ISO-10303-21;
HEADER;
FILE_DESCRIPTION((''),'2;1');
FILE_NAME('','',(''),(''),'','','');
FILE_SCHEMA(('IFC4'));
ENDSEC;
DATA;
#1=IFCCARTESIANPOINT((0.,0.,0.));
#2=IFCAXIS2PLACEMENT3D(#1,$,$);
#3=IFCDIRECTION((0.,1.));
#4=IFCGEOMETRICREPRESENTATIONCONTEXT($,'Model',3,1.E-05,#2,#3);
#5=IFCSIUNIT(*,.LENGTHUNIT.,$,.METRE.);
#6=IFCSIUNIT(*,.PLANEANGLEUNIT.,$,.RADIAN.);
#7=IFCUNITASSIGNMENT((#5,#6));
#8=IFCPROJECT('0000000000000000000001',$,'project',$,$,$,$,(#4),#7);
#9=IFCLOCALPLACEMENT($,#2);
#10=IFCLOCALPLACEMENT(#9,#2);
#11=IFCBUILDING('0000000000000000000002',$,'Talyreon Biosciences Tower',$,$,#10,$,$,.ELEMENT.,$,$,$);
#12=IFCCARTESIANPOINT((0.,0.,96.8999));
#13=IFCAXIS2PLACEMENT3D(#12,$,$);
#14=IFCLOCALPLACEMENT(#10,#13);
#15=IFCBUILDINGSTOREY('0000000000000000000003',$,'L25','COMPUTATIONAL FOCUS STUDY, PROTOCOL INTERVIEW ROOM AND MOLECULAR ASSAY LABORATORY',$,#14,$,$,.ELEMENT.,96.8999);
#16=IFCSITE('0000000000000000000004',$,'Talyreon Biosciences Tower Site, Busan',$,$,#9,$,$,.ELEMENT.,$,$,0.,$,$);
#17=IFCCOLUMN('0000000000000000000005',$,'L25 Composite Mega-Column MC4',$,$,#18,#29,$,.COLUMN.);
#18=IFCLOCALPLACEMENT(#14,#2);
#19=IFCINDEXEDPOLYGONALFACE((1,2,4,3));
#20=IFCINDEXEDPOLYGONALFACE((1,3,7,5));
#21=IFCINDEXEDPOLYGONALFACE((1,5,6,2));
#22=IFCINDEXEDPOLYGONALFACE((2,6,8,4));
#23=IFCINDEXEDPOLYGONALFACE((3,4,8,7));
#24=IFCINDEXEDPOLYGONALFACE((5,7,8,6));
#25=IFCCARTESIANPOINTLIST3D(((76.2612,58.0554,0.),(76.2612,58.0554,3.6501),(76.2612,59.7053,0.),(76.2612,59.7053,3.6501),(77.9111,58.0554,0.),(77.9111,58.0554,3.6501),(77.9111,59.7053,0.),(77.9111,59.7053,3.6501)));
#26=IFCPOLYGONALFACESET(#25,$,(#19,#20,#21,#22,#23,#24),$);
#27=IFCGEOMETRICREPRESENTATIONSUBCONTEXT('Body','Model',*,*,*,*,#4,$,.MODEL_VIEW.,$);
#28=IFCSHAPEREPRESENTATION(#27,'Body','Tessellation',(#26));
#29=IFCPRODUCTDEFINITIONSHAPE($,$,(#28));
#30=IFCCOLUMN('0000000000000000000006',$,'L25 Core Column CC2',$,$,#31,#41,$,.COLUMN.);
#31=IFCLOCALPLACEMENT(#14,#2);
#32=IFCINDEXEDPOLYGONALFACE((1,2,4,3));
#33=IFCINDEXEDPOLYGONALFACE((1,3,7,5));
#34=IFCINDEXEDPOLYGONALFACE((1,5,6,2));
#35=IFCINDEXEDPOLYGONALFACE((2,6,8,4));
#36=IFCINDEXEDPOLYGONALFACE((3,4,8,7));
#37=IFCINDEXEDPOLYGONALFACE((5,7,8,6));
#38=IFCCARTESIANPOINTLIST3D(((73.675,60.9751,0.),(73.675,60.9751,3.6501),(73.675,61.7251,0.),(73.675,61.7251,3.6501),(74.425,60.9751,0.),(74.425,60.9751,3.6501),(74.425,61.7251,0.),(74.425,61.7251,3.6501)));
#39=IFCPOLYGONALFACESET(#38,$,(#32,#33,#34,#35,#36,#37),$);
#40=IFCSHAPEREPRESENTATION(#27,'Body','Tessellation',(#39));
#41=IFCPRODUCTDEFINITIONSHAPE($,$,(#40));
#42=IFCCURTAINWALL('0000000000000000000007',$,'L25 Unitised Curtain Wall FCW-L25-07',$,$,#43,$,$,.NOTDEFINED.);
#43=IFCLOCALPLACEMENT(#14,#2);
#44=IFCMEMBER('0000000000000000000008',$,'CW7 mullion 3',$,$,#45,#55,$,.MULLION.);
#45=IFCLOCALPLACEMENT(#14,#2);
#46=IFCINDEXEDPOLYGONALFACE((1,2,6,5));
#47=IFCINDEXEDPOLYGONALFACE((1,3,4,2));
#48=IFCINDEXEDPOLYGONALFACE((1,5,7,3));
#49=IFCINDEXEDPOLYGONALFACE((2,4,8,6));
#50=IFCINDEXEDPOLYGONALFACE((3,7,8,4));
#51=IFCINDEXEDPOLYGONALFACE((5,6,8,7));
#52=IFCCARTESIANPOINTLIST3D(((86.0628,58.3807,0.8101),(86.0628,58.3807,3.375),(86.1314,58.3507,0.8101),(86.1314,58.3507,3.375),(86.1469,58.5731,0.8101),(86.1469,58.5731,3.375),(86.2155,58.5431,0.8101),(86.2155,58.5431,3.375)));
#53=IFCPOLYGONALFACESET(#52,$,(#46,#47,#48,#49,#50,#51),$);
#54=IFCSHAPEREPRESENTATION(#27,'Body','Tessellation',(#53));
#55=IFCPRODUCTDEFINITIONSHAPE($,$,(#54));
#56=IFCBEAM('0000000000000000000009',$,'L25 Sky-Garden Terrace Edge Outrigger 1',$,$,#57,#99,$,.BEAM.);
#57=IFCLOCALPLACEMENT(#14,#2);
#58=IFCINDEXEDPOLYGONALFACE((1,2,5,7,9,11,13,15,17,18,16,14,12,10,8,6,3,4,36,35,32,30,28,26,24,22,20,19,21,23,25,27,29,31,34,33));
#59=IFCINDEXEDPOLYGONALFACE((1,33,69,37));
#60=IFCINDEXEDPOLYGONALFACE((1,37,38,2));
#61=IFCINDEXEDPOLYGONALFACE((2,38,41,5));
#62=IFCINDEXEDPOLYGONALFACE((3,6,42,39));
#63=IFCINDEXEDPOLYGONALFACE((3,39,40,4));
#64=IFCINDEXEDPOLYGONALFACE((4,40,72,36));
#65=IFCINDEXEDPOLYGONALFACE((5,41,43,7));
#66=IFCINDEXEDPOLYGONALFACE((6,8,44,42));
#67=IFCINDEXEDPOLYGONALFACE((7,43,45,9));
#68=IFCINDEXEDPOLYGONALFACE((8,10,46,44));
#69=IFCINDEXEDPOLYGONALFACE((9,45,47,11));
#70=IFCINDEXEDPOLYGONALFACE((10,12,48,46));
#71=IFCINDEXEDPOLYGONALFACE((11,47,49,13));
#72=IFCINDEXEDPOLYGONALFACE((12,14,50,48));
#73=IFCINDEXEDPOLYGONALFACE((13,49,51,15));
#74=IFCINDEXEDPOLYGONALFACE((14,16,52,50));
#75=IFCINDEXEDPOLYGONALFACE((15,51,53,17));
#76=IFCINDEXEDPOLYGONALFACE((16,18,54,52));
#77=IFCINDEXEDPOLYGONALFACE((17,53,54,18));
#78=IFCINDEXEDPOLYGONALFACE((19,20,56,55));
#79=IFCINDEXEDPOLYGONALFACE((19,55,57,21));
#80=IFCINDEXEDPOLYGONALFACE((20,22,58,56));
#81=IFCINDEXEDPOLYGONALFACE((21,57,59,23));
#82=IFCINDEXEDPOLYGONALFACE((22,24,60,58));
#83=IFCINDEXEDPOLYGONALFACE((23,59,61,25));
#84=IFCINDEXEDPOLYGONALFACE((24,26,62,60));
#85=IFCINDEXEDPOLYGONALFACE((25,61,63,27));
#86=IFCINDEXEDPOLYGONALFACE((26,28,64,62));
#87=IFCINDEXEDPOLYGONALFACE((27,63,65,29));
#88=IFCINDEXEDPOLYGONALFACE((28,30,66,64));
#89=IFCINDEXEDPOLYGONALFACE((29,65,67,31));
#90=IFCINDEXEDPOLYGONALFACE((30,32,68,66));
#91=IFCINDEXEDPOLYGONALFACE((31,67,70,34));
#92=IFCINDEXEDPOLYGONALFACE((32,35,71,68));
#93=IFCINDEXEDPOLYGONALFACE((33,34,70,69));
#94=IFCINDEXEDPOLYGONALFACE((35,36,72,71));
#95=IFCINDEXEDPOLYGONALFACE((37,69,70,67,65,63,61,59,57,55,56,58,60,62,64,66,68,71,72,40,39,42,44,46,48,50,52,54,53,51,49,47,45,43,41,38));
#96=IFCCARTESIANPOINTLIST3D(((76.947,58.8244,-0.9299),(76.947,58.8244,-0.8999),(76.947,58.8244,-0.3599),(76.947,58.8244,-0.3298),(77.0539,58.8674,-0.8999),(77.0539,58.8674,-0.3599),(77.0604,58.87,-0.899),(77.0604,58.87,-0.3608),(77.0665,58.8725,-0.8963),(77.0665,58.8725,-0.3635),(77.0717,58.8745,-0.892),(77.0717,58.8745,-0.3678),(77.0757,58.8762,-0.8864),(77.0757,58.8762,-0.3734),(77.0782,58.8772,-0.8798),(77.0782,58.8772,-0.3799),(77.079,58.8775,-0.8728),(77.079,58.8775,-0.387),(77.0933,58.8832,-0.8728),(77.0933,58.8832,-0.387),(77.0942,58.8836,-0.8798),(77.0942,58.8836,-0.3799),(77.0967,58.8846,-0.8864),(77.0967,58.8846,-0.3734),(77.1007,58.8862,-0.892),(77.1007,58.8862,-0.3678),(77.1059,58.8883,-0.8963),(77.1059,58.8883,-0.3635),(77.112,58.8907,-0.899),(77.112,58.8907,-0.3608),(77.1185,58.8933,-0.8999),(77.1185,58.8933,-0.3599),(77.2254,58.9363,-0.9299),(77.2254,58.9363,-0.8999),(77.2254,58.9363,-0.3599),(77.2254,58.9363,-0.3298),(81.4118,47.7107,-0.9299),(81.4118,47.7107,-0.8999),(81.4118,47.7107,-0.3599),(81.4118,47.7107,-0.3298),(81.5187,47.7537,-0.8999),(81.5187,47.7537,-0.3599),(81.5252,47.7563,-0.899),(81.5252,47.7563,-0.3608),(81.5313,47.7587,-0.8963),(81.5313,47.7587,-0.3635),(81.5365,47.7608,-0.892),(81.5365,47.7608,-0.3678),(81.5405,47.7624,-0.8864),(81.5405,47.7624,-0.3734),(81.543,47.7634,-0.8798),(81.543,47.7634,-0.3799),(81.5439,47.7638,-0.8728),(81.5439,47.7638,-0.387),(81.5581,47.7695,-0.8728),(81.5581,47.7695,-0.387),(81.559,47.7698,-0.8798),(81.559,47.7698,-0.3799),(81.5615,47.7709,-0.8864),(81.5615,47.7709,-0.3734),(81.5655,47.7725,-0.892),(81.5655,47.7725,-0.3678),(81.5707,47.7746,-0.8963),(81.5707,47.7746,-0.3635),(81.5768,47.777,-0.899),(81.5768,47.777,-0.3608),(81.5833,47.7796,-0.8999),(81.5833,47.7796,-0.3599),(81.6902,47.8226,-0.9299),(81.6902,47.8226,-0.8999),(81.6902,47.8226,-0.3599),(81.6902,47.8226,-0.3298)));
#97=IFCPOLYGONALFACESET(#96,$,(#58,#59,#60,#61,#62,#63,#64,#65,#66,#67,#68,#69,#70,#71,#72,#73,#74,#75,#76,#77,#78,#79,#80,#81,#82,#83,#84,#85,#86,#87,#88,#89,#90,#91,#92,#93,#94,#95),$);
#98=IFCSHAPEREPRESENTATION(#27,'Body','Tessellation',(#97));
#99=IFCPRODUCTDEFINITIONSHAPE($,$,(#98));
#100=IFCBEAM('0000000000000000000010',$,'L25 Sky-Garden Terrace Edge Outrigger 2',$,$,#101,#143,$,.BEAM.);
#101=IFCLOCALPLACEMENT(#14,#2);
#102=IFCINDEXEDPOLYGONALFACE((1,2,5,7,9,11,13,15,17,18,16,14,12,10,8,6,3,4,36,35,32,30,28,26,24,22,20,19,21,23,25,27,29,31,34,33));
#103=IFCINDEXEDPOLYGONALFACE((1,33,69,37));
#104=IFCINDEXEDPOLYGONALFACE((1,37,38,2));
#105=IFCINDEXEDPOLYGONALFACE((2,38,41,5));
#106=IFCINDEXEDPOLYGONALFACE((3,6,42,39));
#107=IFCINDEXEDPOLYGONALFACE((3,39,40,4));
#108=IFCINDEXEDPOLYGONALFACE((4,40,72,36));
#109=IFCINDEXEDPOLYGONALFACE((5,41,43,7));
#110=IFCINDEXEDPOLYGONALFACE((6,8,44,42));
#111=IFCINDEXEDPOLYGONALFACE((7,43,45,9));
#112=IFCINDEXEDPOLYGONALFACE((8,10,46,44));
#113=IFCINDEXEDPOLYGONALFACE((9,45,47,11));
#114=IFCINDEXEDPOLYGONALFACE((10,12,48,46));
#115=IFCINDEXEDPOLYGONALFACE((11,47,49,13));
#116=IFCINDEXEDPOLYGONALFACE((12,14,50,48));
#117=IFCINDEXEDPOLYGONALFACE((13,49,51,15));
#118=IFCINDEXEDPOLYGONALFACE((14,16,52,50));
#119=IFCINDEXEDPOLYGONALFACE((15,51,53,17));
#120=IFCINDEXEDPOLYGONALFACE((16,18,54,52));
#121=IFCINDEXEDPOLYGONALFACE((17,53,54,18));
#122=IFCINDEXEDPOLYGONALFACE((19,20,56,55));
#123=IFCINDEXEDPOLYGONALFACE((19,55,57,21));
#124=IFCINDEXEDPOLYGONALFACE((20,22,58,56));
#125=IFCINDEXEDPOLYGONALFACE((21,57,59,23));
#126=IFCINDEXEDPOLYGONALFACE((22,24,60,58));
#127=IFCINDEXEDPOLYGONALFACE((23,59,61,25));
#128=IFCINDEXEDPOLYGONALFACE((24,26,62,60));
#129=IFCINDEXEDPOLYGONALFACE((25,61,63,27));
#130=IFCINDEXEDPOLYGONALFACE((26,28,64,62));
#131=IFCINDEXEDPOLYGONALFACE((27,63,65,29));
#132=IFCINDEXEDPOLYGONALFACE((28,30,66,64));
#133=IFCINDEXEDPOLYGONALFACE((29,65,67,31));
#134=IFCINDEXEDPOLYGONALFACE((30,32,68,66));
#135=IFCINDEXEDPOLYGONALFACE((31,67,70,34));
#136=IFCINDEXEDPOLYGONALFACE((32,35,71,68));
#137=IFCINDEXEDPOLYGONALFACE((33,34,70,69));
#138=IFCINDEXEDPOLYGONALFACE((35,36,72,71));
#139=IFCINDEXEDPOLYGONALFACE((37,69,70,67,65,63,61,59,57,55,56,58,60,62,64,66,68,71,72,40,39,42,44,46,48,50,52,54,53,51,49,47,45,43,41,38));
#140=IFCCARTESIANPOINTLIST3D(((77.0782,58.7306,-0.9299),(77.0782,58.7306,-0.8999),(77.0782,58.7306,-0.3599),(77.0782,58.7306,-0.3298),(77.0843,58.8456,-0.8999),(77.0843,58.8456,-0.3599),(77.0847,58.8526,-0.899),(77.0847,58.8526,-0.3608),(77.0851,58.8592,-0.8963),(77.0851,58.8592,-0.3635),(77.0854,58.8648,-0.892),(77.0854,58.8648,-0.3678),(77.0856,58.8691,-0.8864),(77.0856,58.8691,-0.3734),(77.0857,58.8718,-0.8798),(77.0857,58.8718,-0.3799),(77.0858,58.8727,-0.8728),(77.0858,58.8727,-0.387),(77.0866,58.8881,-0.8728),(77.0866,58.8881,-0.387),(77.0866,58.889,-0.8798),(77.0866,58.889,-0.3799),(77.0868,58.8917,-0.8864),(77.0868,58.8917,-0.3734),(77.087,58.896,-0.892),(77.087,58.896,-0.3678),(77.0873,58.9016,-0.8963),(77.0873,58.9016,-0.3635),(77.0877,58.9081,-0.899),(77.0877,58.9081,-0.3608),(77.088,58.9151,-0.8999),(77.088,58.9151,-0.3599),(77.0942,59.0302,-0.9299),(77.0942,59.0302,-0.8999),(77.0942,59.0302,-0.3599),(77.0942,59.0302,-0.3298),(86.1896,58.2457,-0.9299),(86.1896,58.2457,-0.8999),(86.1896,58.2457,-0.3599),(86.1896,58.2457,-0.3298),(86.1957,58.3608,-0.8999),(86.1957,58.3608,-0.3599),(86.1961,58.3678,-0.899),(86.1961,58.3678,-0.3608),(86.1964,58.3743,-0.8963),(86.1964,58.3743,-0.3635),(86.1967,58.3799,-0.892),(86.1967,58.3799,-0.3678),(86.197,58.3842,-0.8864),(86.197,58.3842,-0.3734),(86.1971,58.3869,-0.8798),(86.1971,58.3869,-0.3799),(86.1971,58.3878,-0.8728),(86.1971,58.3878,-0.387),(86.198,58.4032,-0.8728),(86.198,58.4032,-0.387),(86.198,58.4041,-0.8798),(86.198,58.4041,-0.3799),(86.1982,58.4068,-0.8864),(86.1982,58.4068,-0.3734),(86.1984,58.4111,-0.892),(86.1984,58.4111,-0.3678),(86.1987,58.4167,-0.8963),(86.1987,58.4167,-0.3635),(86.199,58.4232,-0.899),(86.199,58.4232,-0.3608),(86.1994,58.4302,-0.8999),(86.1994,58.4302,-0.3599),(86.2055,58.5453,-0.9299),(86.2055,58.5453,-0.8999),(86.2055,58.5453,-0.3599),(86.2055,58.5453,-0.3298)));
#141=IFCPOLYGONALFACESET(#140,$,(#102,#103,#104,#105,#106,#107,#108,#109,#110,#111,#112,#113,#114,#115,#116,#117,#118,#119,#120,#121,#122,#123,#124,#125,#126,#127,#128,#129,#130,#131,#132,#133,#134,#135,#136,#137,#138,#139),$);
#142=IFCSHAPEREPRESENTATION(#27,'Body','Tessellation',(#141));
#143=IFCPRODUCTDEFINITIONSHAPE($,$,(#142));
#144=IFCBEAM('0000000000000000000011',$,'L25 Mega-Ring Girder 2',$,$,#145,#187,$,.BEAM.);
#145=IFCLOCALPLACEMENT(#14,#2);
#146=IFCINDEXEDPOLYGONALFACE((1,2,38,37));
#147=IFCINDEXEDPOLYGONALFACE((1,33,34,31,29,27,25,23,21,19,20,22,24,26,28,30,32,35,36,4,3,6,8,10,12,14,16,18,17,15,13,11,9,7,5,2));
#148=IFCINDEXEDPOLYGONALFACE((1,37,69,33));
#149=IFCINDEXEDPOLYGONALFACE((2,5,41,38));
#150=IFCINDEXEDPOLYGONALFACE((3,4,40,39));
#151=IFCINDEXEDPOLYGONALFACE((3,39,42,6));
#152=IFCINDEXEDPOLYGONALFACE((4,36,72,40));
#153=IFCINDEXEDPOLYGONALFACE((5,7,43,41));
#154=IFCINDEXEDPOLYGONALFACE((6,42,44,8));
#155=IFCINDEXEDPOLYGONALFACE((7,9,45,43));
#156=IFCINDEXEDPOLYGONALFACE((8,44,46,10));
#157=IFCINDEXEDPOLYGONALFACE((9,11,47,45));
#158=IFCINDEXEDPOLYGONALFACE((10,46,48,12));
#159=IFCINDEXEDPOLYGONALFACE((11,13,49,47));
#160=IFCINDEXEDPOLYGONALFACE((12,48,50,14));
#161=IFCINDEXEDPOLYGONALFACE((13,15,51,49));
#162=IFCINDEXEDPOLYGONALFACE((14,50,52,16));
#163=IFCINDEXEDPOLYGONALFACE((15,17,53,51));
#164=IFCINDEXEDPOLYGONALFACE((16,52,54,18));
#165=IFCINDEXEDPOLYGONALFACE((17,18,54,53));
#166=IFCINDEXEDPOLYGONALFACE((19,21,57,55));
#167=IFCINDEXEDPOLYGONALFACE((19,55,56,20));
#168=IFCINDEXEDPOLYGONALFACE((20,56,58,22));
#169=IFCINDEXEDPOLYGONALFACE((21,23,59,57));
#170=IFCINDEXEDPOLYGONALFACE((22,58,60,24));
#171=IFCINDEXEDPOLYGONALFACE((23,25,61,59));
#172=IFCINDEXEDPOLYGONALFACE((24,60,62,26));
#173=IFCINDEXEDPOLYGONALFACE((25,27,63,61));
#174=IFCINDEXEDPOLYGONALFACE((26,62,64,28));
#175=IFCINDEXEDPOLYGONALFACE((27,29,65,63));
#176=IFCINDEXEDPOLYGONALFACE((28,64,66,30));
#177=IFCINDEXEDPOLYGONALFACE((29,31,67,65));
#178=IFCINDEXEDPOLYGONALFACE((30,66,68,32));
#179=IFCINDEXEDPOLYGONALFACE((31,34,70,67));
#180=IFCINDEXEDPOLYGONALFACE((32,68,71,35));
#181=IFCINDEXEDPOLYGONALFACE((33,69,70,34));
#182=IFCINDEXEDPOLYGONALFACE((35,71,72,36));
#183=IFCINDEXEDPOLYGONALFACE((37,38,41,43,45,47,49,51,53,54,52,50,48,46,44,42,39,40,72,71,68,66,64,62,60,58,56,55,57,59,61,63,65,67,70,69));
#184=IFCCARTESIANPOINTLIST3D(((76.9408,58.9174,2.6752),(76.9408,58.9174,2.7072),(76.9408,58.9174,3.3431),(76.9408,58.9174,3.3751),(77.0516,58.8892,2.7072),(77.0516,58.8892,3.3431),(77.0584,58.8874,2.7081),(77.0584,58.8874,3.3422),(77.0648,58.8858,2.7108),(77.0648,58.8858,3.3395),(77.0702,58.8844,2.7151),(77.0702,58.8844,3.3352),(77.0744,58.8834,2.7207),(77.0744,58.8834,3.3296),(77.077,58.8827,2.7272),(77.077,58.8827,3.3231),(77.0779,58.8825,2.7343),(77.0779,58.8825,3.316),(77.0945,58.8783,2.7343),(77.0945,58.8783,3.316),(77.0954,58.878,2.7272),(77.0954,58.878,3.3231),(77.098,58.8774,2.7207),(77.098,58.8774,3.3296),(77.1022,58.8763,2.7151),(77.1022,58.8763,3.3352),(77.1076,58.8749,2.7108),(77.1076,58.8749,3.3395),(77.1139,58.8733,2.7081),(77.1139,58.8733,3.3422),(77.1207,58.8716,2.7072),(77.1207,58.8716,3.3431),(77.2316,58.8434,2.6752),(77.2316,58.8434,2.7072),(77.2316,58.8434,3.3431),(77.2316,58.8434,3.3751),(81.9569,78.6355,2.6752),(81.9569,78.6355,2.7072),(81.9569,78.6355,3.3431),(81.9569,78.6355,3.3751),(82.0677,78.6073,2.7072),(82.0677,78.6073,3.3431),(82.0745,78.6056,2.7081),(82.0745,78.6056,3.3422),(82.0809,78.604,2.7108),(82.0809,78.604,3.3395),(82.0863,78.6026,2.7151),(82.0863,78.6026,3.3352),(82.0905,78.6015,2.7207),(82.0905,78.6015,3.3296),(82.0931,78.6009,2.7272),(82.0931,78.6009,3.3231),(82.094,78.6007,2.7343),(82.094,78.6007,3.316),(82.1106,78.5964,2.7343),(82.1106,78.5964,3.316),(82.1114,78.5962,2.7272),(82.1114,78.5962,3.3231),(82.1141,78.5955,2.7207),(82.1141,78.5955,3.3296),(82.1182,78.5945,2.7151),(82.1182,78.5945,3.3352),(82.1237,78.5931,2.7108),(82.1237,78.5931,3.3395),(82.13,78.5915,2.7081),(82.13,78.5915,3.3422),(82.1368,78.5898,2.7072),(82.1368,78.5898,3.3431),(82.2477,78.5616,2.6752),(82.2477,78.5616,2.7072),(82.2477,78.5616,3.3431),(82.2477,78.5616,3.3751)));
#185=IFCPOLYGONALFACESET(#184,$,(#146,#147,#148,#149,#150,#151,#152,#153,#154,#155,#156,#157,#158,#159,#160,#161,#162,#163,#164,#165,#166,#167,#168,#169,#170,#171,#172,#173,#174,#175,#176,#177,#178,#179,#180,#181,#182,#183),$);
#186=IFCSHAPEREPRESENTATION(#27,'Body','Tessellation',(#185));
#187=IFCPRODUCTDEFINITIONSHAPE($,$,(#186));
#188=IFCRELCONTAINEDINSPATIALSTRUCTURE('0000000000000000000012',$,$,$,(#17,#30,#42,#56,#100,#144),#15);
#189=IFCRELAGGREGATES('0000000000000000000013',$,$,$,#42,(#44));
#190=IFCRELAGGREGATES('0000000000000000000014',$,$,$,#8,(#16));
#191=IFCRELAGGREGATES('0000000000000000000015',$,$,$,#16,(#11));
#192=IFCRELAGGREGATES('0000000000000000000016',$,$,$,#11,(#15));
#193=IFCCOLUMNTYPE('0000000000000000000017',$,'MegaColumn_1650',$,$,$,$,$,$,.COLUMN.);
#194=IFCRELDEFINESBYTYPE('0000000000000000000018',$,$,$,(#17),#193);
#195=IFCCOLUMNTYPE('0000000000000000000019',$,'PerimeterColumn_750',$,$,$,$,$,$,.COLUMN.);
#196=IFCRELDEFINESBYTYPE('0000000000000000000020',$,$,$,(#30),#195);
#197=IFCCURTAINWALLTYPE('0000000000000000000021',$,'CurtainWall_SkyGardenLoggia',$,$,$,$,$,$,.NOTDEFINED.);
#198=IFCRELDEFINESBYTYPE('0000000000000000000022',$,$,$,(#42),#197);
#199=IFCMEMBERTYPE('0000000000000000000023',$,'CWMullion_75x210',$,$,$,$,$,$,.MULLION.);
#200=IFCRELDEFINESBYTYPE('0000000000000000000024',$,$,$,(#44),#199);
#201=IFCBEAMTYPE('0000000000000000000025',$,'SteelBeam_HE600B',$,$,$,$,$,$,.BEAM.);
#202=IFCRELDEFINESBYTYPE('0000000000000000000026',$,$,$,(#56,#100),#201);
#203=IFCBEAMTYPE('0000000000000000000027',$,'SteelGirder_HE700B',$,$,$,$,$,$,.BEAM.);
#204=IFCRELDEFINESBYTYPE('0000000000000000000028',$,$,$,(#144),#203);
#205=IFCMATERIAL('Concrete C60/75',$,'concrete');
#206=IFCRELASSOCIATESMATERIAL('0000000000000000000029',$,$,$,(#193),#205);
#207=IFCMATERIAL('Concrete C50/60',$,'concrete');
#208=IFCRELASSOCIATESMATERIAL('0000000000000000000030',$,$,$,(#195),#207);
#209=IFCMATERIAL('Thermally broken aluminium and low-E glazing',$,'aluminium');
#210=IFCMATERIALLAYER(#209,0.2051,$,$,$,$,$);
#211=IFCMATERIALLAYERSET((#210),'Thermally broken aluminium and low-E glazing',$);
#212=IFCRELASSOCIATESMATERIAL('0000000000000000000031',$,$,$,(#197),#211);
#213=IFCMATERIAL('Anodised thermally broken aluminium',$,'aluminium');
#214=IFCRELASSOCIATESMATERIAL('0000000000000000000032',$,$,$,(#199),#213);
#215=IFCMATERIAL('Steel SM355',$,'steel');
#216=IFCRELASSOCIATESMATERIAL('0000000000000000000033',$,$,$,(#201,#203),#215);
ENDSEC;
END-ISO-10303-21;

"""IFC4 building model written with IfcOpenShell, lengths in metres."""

from ifc_helpers import new_model, si_unit, direction, frame, origin, origin_2d, place, context, subcontext, project, spatial, rectangle, i_section, extrude, material, layer, layer_set, material_profile, profile_set, type_object, element, aggregate, save


model = new_model("IFC4")

# Units and contexts
model_context = context("Model", 3, precision=1e-05, world=origin(), true_north=direction((0.0, 1.0)))
body_context = subcontext(model_context, "Body", "Model", "MODEL_VIEW")
ifc_project = project(units=[si_unit("LENGTHUNIT", "METRE"), si_unit("PLANEANGLEUNIT", "RADIAN")], contexts=[model_context])

# Site, building, storey
site_placement = place(None, origin())
site = spatial("IfcSite", under=ifc_project, at=site_placement, Name="Talyreon Biosciences Tower Site, Busan", CompositionType="ELEMENT", RefElevation=0.0)
building_placement = place(site_placement, origin())
building = spatial("IfcBuilding", under=site, at=building_placement, Name="Talyreon Biosciences Tower", CompositionType="ELEMENT")
storey_placement = place(building_placement, frame((0.0, 0.0, 96.8999)))
storey = spatial("IfcBuildingStorey", under=building, at=storey_placement, Name="L25", Description="COMPUTATIONAL FOCUS STUDY, PROTOCOL INTERVIEW ROOM AND MOLECULAR ASSAY LABORATORY", CompositionType="ELEMENT", Elevation=96.8999)

# Columns
ifc_material_1 = material(Name="Concrete C60/75", Category="concrete")
ifc_material_profile_1 = material_profile(ifc_material_1, rectangle(XDim=1.6499, YDim=1.6499, at=origin_2d()), Name="RC 1650x1650")
ifc_profile_set_1 = profile_set([ifc_material_profile_1], Name="Concrete C60/75")
column_type_1 = type_object("IfcColumnType", Name="MegaColumn_1650", PredefinedType="COLUMN", material=ifc_profile_set_1)
column_1_placement = place(storey_placement, frame((77.0862, 58.8804, 0.0), z_axis=(0.0, 0.0, 1.0), x_axis=(1.0, 0.0, 0.0)))
element("IfcColumn", 1, at=column_1_placement, inside=storey, type_object=column_type_1, Name="L25 Composite Mega-Column MC4", PredefinedType="COLUMN", context=body_context, shape_type="SweptSolid", body=[
    extrude(rectangle(XDim=1.6499, YDim=1.6499, at=origin_2d()), origin(), (0.0, 0.0, 1.0), 3.6501),
])
ifc_material_2 = material(Name="Concrete C50/60", Category="concrete")
ifc_material_profile_2 = material_profile(ifc_material_2, rectangle(XDim=0.75, YDim=0.75, at=origin_2d()), Name="RC 750x750")
ifc_profile_set_2 = profile_set([ifc_material_profile_2], Name="Concrete C50/60")
column_type_2 = type_object("IfcColumnType", Name="PerimeterColumn_750", PredefinedType="COLUMN", material=ifc_profile_set_2)
column_2_placement = place(storey_placement, frame((74.05, 61.3501, 0.0), z_axis=(0.0, 0.0, 1.0), x_axis=(1.0, 0.0, 0.0)))
element("IfcColumn", 2, at=column_2_placement, inside=storey, type_object=column_type_2, Name="L25 Core Column CC2", PredefinedType="COLUMN", context=body_context, shape_type="SweptSolid", body=[
    extrude(rectangle(XDim=0.75, YDim=0.75, at=origin_2d()), origin(), (0.0, 0.0, 1.0), 3.6501),
])

# Curtain wall, member
ifc_material_3 = material(Name="Thermally broken aluminium and low-E glazing", Category="aluminium")
ifc_layer_1 = layer(ifc_material_3, 0.2051)
ifc_layer_set_1 = layer_set([ifc_layer_1], Name="Thermally broken aluminium and low-E glazing")
curtain_wall_type = type_object("IfcCurtainWallType", Name="CurtainWall_SkyGardenLoggia", PredefinedType="NOTDEFINED", material=ifc_layer_set_1)
curtain_wall_placement = place(storey_placement, origin())
curtain_wall = element("IfcCurtainWall", 3, at=curtain_wall_placement, inside=storey, type_object=curtain_wall_type, Name="L25 Unitised Curtain Wall FCW-L25-07", PredefinedType="NOTDEFINED")
ifc_material_4 = material(Name="Anodised thermally broken aluminium", Category="aluminium")
ifc_material_profile_3 = material_profile(ifc_material_4, rectangle(XDim=0.075, YDim=0.21, at=origin_2d()), Name="ALUM MULLION 75x210")
ifc_profile_set_3 = profile_set([ifc_material_profile_3], Name="Anodised thermally broken aluminium")
member_type = type_object("IfcMemberType", Name="CWMullion_75x210", PredefinedType="MULLION", material=ifc_profile_set_3)
member_placement = place(storey_placement, frame((86.1392, 58.4619, 0.8101), z_axis=(0.0, 0.0, 1.0), x_axis=(0.916278, -0.400543, 0.0)))
member = element("IfcMember", 4, at=member_placement, type_object=member_type, Name="CW7 mullion 3", PredefinedType="MULLION", context=body_context, shape_type="SweptSolid", body=[
    extrude(rectangle(XDim=0.075, YDim=0.21, at=origin_2d()), origin(), (0.0, 0.0, 1.0), 2.5649),
])

# Beams
ifc_material_5 = material(Name="Steel SM355", Category="steel")
ifc_material_profile_4 = material_profile(ifc_material_5, i_section(OverallWidth=0.3, OverallDepth=0.6001, WebThickness=0.0154, FlangeThickness=0.03, FilletRadius=0.0271, at=origin_2d()), Name="HE600B")
ifc_profile_set_4 = profile_set([ifc_material_profile_4], Name="Steel SM355")
beam_type_1 = type_object("IfcBeamType", Name="SteelBeam_HE600B", PredefinedType="BEAM", material=ifc_profile_set_4)
beam_1_placement = place(storey_placement, frame((77.0862, 58.8804, -0.6299), z_axis=(0.372782, -0.927919, 0.0), x_axis=(0.927919, 0.372782, 0.0)))
element("IfcBeam", 5, at=beam_1_placement, inside=storey, type_object=beam_type_1, Name="L25 Sky-Garden Terrace Edge Outrigger 1", PredefinedType="BEAM", context=body_context, shape_type="SweptSolid", body=[
    extrude(i_section(OverallWidth=0.3, OverallDepth=0.6001, WebThickness=0.0154, FlangeThickness=0.03, FilletRadius=0.0271, at=origin_2d()), origin(), (0.0, 0.0, 1.0), 11.9771),
])
beam_2_placement = place(storey_placement, frame((77.0862, 58.8804, -0.6299), z_axis=(0.998587, -0.05314, 0.0), x_axis=(0.05314, 0.998587, 0.0)))
element("IfcBeam", 6, at=beam_2_placement, inside=storey, type_object=beam_type_1, Name="L25 Sky-Garden Terrace Edge Outrigger 2", PredefinedType="BEAM", context=body_context, shape_type="SweptSolid", body=[
    extrude(i_section(OverallWidth=0.3, OverallDepth=0.6001, WebThickness=0.0154, FlangeThickness=0.03, FilletRadius=0.0271, at=origin_2d()), origin(), (0.0, 0.0, 1.0), 9.1243),
])
ifc_material_profile_5 = material_profile(ifc_material_5, i_section(OverallWidth=0.3, OverallDepth=0.7, WebThickness=0.0171, FlangeThickness=0.032, FilletRadius=0.0271, at=origin_2d()), Name="HE700B")
ifc_profile_set_5 = profile_set([ifc_material_profile_5], Name="Steel SM355")
beam_type_2 = type_object("IfcBeamType", Name="SteelGirder_HE700B", PredefinedType="BEAM", material=ifc_profile_set_5)
beam_3_placement = place(storey_placement, frame((77.0862, 58.8804, 3.0251), z_axis=(0.246537, 0.969133, 0.0), x_axis=(-0.969133, 0.246537, 0.0)))
element("IfcBeam", 7, at=beam_3_placement, inside=storey, type_object=beam_type_2, Name="L25 Mega-Ring Girder 2", PredefinedType="BEAM", context=body_context, shape_type="SweptSolid", body=[
    extrude(i_section(OverallWidth=0.3, OverallDepth=0.7, WebThickness=0.0171, FlangeThickness=0.032, FilletRadius=0.0271, at=origin_2d()), origin(), (0.0, 0.0, 1.0), 20.3462),
])

aggregate(curtain_wall, [member])

save(model, "model.ifc")
